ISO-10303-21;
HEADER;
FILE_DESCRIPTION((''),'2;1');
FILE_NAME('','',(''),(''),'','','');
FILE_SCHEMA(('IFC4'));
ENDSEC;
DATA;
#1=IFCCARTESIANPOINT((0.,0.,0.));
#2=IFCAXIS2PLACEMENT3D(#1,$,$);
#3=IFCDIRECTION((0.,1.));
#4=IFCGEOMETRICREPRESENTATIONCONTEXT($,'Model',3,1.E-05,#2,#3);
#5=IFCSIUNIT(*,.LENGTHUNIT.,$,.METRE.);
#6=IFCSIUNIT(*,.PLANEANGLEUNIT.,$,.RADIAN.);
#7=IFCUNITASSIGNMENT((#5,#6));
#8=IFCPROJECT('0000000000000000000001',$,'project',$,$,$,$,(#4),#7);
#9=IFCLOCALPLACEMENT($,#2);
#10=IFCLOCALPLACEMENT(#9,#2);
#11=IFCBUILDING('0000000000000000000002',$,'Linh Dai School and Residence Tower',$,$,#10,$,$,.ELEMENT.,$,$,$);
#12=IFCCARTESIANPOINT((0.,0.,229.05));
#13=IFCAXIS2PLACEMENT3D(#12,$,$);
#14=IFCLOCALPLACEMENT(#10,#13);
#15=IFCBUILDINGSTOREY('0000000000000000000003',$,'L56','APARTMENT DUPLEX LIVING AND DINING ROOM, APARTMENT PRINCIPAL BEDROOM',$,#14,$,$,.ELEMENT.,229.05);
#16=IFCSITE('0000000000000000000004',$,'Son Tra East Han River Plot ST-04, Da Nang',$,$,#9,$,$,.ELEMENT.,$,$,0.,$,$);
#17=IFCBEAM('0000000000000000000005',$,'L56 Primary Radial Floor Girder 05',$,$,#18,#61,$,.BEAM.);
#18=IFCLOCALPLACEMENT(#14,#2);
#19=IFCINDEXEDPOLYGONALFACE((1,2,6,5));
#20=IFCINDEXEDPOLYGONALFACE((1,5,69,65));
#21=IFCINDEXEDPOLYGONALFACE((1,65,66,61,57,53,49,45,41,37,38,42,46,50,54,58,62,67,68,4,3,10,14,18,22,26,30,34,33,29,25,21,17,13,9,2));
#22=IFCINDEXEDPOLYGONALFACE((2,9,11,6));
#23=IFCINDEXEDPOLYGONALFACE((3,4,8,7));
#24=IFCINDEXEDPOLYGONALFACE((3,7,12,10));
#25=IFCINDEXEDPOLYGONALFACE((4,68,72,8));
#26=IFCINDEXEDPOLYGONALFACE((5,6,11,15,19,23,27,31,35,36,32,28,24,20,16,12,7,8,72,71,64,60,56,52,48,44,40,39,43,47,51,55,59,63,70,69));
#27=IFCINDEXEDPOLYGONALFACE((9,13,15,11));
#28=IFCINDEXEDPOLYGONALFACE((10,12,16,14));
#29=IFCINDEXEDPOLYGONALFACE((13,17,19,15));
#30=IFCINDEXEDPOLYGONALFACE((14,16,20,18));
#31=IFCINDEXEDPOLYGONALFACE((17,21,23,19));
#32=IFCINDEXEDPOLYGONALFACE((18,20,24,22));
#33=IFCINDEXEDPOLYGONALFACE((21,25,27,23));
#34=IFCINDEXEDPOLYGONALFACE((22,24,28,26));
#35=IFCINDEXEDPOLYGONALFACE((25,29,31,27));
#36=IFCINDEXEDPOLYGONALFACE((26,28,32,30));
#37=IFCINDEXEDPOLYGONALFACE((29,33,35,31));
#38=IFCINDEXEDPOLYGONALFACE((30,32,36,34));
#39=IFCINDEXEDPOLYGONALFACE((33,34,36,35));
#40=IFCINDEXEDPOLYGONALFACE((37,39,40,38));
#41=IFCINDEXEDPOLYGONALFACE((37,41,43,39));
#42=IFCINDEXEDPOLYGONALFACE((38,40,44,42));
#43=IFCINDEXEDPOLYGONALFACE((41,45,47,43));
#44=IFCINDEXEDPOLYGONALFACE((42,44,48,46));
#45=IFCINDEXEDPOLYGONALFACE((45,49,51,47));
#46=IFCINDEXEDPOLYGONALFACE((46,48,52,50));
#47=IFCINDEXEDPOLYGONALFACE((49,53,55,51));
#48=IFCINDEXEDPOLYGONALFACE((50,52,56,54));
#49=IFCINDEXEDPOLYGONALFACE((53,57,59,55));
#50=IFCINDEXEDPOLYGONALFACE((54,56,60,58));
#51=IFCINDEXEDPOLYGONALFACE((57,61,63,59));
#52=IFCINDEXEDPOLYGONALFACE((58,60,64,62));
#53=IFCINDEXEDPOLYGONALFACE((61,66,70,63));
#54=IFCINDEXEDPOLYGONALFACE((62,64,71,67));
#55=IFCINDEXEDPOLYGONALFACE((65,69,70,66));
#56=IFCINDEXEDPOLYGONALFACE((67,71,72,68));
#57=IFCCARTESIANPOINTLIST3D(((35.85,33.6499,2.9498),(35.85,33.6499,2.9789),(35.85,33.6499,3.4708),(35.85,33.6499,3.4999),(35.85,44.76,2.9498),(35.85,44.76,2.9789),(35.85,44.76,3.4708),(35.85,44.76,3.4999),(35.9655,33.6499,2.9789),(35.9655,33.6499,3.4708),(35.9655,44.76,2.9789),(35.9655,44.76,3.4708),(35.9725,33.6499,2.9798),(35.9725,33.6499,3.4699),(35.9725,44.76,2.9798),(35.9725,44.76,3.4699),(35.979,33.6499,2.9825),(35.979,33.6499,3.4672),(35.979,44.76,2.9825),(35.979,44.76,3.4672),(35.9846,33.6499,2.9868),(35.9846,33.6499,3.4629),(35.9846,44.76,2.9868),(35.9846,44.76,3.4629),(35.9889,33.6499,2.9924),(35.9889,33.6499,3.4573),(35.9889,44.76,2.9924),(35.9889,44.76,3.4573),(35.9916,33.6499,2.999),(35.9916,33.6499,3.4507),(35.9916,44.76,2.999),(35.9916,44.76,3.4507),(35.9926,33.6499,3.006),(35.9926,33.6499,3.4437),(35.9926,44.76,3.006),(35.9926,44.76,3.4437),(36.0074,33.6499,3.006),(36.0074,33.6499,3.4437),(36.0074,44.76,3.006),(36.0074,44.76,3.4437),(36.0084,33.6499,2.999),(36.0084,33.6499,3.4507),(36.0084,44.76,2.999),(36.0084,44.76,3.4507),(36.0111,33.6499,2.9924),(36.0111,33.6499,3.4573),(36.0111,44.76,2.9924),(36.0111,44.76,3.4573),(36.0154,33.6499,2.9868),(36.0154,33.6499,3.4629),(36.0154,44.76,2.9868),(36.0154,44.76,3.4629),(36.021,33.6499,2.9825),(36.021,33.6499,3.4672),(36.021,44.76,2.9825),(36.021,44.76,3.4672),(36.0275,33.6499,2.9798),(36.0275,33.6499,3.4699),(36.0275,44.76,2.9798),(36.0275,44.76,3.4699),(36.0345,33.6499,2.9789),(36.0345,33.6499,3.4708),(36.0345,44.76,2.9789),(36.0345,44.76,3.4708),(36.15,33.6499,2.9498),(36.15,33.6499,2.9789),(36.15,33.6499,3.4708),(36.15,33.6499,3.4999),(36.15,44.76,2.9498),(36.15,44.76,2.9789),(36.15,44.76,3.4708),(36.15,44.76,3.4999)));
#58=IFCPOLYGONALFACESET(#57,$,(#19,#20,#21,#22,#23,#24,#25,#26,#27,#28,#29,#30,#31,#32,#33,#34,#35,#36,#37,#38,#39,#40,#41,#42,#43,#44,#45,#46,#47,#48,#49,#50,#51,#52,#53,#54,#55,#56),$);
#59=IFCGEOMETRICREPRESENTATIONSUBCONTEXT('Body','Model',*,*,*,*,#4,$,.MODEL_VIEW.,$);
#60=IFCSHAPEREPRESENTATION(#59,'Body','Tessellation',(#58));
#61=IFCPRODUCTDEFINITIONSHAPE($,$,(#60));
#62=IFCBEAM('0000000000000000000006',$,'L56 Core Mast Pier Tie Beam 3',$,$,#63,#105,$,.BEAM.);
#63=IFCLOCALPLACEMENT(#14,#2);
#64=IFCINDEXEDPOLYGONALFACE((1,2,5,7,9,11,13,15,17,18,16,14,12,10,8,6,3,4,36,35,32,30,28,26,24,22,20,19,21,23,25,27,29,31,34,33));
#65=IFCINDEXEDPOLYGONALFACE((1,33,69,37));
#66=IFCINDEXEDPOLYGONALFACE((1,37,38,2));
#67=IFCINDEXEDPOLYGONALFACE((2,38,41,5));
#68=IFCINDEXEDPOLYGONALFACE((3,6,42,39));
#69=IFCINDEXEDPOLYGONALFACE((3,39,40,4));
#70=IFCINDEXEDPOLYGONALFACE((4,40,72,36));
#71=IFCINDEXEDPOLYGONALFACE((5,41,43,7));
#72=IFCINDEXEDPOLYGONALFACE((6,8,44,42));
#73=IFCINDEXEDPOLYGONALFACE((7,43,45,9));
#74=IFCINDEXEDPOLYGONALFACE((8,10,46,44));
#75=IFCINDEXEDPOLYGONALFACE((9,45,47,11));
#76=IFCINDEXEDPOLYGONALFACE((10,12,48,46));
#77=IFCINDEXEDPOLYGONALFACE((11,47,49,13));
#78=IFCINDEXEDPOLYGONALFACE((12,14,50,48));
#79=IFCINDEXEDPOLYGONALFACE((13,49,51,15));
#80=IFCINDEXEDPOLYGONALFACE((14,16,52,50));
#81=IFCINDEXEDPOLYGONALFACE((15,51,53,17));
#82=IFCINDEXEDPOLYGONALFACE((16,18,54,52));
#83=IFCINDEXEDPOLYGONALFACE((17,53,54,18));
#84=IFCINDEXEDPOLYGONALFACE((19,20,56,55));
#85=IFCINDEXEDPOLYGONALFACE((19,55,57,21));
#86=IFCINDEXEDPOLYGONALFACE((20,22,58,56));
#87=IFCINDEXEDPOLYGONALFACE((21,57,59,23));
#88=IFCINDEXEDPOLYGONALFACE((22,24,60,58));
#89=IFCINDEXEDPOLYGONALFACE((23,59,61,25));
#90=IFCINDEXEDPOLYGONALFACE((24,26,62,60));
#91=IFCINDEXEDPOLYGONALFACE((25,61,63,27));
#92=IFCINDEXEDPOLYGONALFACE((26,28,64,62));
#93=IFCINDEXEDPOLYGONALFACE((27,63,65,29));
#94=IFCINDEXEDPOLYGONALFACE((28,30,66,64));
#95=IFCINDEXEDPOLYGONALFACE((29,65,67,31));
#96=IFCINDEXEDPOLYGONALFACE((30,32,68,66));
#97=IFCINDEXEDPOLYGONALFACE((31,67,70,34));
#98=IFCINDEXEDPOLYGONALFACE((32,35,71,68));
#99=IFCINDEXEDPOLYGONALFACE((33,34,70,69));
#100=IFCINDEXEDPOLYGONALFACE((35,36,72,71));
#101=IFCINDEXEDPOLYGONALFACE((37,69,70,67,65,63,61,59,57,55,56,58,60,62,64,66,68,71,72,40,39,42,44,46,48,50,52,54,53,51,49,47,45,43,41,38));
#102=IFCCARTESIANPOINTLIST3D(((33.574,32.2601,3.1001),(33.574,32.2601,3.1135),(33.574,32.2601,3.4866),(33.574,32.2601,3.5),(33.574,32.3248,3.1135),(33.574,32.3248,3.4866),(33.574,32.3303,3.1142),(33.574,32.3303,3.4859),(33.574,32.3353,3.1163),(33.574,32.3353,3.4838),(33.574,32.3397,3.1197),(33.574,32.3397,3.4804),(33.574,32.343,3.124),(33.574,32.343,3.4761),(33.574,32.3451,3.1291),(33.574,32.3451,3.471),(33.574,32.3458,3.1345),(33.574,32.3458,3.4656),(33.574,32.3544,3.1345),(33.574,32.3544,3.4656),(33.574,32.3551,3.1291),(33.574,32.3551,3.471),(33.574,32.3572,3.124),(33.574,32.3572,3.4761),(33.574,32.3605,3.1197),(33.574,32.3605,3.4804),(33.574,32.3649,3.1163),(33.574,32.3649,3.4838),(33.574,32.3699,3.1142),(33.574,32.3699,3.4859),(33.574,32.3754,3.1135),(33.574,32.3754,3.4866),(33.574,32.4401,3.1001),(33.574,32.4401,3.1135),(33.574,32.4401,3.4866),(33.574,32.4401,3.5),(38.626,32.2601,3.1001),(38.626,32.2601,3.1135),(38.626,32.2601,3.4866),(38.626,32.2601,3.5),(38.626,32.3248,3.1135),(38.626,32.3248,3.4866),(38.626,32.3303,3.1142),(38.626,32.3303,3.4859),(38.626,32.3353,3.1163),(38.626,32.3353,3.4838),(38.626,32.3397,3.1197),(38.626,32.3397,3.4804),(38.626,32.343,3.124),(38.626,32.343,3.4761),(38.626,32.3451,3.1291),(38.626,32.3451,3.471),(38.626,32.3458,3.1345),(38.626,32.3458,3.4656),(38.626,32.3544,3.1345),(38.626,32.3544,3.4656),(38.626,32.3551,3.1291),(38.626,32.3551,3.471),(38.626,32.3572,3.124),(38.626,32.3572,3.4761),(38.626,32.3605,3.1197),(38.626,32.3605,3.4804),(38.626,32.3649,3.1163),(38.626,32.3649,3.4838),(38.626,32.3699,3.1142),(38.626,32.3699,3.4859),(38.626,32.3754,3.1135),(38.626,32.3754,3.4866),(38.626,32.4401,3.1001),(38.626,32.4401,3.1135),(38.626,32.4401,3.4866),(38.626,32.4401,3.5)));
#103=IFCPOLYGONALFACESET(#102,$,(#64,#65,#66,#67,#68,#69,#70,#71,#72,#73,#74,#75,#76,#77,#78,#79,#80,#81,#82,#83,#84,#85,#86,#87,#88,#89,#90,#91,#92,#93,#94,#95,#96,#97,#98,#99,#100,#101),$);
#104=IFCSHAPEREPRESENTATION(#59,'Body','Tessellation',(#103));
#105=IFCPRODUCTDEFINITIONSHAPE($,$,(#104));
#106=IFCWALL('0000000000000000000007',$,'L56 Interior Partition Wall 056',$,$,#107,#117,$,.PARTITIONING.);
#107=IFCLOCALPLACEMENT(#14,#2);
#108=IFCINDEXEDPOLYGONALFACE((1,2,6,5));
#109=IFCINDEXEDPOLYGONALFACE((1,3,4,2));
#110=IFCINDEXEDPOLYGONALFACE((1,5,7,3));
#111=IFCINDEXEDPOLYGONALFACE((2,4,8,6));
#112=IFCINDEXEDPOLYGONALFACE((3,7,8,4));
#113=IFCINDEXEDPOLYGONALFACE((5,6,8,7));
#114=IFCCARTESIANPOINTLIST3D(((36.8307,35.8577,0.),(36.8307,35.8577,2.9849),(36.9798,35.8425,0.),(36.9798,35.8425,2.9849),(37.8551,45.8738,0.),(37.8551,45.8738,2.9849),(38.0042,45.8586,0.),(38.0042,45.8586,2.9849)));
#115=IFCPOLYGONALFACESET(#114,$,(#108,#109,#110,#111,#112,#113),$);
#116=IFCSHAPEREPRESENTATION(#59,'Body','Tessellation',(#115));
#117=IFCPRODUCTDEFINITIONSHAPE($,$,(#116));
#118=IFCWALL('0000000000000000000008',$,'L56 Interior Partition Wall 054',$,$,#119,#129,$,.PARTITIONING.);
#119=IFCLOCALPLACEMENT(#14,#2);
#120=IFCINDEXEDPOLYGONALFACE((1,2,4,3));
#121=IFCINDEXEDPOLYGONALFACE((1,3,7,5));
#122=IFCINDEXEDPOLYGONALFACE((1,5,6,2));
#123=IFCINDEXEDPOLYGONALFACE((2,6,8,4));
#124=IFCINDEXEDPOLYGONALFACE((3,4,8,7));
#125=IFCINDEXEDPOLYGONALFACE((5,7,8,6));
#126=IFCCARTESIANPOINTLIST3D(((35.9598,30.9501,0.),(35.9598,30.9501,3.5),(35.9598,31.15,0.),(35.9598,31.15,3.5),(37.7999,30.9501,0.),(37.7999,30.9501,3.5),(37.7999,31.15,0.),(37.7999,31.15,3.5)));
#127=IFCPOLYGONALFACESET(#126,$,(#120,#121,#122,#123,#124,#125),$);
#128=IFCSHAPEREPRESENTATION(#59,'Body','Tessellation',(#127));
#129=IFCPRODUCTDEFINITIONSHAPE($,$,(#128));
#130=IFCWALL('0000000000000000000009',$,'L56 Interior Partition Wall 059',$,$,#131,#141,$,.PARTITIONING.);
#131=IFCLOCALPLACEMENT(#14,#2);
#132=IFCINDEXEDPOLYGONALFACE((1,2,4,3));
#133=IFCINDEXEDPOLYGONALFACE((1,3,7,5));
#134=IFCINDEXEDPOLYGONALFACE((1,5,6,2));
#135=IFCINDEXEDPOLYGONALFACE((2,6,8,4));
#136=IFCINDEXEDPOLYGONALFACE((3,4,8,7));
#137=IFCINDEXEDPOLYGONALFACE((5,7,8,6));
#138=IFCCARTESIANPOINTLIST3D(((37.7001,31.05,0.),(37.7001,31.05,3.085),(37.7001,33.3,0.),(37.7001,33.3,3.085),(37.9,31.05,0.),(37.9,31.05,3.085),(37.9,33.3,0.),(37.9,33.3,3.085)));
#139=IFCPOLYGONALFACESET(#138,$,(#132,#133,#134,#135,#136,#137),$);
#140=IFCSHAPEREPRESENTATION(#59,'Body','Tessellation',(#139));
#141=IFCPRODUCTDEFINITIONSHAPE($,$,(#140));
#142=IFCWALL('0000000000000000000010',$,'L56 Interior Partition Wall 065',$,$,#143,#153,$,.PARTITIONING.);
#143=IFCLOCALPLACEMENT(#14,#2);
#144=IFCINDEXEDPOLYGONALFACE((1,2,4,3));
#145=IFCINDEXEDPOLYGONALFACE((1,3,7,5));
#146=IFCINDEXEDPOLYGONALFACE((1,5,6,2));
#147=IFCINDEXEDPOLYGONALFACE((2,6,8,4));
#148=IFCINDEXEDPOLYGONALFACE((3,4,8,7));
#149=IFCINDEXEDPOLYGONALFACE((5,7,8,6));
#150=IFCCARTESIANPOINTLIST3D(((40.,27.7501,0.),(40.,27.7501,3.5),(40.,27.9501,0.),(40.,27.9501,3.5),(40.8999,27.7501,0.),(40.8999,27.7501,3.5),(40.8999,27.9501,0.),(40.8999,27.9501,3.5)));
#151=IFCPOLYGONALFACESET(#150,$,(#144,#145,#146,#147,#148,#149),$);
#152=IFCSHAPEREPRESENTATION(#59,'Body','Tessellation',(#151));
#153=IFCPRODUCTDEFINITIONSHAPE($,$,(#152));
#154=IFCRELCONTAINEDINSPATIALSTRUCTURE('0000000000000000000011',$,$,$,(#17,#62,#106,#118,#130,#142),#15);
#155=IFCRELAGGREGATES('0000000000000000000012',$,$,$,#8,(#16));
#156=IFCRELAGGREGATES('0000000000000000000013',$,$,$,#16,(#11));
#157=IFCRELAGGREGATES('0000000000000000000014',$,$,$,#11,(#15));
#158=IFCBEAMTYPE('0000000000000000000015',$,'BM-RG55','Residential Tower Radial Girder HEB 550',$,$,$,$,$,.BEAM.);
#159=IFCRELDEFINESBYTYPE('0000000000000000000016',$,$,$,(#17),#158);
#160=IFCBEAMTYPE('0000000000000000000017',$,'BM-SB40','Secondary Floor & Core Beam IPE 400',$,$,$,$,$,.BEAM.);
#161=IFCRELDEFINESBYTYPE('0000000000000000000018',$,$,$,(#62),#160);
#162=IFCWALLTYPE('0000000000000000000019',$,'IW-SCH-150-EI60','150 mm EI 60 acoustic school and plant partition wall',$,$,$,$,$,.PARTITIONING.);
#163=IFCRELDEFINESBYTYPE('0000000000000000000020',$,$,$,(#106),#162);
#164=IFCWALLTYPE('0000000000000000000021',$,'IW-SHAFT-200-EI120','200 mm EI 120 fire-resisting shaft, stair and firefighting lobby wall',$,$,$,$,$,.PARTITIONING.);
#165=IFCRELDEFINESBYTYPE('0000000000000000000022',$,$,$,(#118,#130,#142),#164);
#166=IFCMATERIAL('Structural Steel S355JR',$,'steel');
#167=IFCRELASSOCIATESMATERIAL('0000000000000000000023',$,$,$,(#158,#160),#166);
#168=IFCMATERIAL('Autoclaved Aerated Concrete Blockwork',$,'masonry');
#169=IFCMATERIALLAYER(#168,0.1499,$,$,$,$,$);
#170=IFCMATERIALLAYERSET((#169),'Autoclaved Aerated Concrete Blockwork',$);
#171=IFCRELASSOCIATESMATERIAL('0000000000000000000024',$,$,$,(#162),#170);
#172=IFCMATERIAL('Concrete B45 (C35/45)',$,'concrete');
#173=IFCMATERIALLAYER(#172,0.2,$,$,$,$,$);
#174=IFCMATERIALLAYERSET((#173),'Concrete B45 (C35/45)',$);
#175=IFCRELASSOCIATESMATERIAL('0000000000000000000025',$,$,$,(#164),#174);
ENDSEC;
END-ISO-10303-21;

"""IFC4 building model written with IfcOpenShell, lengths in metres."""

from ifc_helpers import new_model, si_unit, direction, frame, frame_2d, origin, origin_2d, place, context, subcontext, project, spatial, rectangle, i_section, extrude, material, layer, layer_set, material_profile, profile_set, type_object, element, save


model = new_model("IFC4")

# Units and contexts
model_context = context("Model", 3, precision=1e-05, world=origin(), true_north=direction((0.0, 1.0)))
body_context = subcontext(model_context, "Body", "Model", "MODEL_VIEW")
ifc_project = project(units=[si_unit("LENGTHUNIT", "METRE"), si_unit("PLANEANGLEUNIT", "RADIAN")], contexts=[model_context])

# Site, building, storey
site_placement = place(None, origin())
site = spatial("IfcSite", under=ifc_project, at=site_placement, Name="Son Tra East Han River Plot ST-04, Da Nang", CompositionType="ELEMENT", RefElevation=0.0)
building_placement = place(site_placement, origin())
building = spatial("IfcBuilding", under=site, at=building_placement, Name="Linh Dai School and Residence Tower", CompositionType="ELEMENT")
storey_placement = place(building_placement, frame((0.0, 0.0, 229.05)))
storey = spatial("IfcBuildingStorey", under=building, at=storey_placement, Name="L56", Description="APARTMENT DUPLEX LIVING AND DINING ROOM, APARTMENT PRINCIPAL BEDROOM", CompositionType="ELEMENT", Elevation=229.05)

# Shared definitions
ifc_material_1 = material(Name="Structural Steel S355JR", Category="steel")

# Beams
ifc_material_profile_1 = material_profile(ifc_material_1, i_section(OverallWidth=0.3, OverallDepth=0.55, WebThickness=0.0149, FlangeThickness=0.0291, FilletRadius=0.0271, at=origin_2d()), Name="HEB 550")
ifc_profile_set_1 = profile_set([ifc_material_profile_1], Name="Structural Steel S355JR")
beam_type_1 = type_object("IfcBeamType", Name="BM-RG55", Description="Residential Tower Radial Girder HEB 550", PredefinedType="BEAM", material=ifc_profile_set_1)
beam_1_placement = place(storey_placement, frame((36.0, 33.6499, 3.2249), z_axis=(0.0, 1.0, 0.0), x_axis=(-1.0, 0.0, 0.0)))
element("IfcBeam", 1, at=beam_1_placement, inside=storey, type_object=beam_type_1, Name="L56 Primary Radial Floor Girder 05", PredefinedType="BEAM", context=body_context, shape_type="SweptSolid", body=[
    extrude(i_section(OverallWidth=0.3, OverallDepth=0.55, WebThickness=0.0149, FlangeThickness=0.0291, FilletRadius=0.0271, at=origin_2d()), origin(), (0.0, 0.0, 1.0), 11.1101),
])
ifc_material_profile_2 = material_profile(ifc_material_1, i_section(OverallWidth=0.1799, OverallDepth=0.3999, WebThickness=0.0085, FlangeThickness=0.0134, FilletRadius=0.021, at=origin_2d()), Name="IPE 400")
ifc_profile_set_2 = profile_set([ifc_material_profile_2], Name="Structural Steel S355JR")
beam_type_2 = type_object("IfcBeamType", Name="BM-SB40", Description="Secondary Floor & Core Beam IPE 400", PredefinedType="BEAM", material=ifc_profile_set_2)
beam_2_placement = place(storey_placement, frame((38.626, 32.3501, 3.3), z_axis=(-1.0, 0.0, 0.0), x_axis=(0.0, -1.0, 0.0)))
element("IfcBeam", 2, at=beam_2_placement, inside=storey, type_object=beam_type_2, Name="L56 Core Mast Pier Tie Beam 3", PredefinedType="BEAM", context=body_context, shape_type="SweptSolid", body=[
    extrude(i_section(OverallWidth=0.1799, OverallDepth=0.3999, WebThickness=0.0085, FlangeThickness=0.0134, FilletRadius=0.021, at=origin_2d()), origin(), (0.0, 0.0, 1.0), 5.052),
])

# Walls
ifc_material_2 = material(Name="Autoclaved Aerated Concrete Blockwork", Category="masonry")
ifc_layer_1 = layer(ifc_material_2, 0.1499)
ifc_layer_set_1 = layer_set([ifc_layer_1], Name="Autoclaved Aerated Concrete Blockwork")
wall_type_1 = type_object("IfcWallType", Name="IW-SCH-150-EI60", Description="150 mm EI 60 acoustic school and plant partition wall", PredefinedType="PARTITIONING", material=ifc_layer_set_1)
wall_1_placement = place(storey_placement, frame((36.9053, 35.8501, 0.0), z_axis=(0.0, 0.0, 1.0), x_axis=(0.101746, 0.99481, 0.0)))
element("IfcWall", 3, at=wall_1_placement, inside=storey, type_object=wall_type_1, Name="L56 Interior Partition Wall 056", PredefinedType="PARTITIONING", context=body_context, shape_type="SweptSolid", body=[
    extrude(rectangle(XDim=10.0684, YDim=0.1499, at=frame_2d((5.0342, 0.0))), origin(), (0.0, 0.0, 1.0), 2.9849),
])
ifc_material_3 = material(Name="Concrete B45 (C35/45)", Category="concrete")
ifc_layer_2 = layer(ifc_material_3, 0.2)
ifc_layer_set_2 = layer_set([ifc_layer_2], Name="Concrete B45 (C35/45)")
wall_type_2 = type_object("IfcWallType", Name="IW-SHAFT-200-EI120", Description="200 mm EI 120 fire-resisting shaft, stair and firefighting lobby wall", PredefinedType="PARTITIONING", material=ifc_layer_set_2)
wall_2_placement = place(storey_placement, frame((35.96, 31.05, 0.0), z_axis=(0.0, 0.0, 1.0), x_axis=(1.0, 0.0, 0.0)))
element("IfcWall", 4, at=wall_2_placement, inside=storey, type_object=wall_type_2, Name="L56 Interior Partition Wall 054", PredefinedType="PARTITIONING", context=body_context, shape_type="SweptSolid", body=[
    extrude(rectangle(XDim=1.8401, YDim=0.2, at=frame_2d((0.9199, 0.0))), origin(), (0.0, 0.0, 1.0), 3.5),
])
wall_3_placement = place(storey_placement, frame((37.8, 31.05, 0.0), z_axis=(0.0, 0.0, 1.0), x_axis=(0.0, 1.0, 0.0)))
element("IfcWall", 5, at=wall_3_placement, inside=storey, type_object=wall_type_2, Name="L56 Interior Partition Wall 059", PredefinedType="PARTITIONING", context=body_context, shape_type="SweptSolid", body=[
    extrude(rectangle(XDim=2.25, YDim=0.2, at=frame_2d((1.125, 0.0))), origin(), (0.0, 0.0, 1.0), 3.085),
])
wall_4_placement = place(storey_placement, frame((40.0, 27.8501, 0.0), z_axis=(0.0, 0.0, 1.0), x_axis=(1.0, 0.0, 0.0)))
element("IfcWall", 6, at=wall_4_placement, inside=storey, type_object=wall_type_2, Name="L56 Interior Partition Wall 065", PredefinedType="PARTITIONING", context=body_context, shape_type="SweptSolid", body=[
    extrude(rectangle(XDim=0.8999, YDim=0.2, at=frame_2d((0.45, 0.0))), origin(), (0.0, 0.0, 1.0), 3.5),
])

save(model, "model.ifc")
